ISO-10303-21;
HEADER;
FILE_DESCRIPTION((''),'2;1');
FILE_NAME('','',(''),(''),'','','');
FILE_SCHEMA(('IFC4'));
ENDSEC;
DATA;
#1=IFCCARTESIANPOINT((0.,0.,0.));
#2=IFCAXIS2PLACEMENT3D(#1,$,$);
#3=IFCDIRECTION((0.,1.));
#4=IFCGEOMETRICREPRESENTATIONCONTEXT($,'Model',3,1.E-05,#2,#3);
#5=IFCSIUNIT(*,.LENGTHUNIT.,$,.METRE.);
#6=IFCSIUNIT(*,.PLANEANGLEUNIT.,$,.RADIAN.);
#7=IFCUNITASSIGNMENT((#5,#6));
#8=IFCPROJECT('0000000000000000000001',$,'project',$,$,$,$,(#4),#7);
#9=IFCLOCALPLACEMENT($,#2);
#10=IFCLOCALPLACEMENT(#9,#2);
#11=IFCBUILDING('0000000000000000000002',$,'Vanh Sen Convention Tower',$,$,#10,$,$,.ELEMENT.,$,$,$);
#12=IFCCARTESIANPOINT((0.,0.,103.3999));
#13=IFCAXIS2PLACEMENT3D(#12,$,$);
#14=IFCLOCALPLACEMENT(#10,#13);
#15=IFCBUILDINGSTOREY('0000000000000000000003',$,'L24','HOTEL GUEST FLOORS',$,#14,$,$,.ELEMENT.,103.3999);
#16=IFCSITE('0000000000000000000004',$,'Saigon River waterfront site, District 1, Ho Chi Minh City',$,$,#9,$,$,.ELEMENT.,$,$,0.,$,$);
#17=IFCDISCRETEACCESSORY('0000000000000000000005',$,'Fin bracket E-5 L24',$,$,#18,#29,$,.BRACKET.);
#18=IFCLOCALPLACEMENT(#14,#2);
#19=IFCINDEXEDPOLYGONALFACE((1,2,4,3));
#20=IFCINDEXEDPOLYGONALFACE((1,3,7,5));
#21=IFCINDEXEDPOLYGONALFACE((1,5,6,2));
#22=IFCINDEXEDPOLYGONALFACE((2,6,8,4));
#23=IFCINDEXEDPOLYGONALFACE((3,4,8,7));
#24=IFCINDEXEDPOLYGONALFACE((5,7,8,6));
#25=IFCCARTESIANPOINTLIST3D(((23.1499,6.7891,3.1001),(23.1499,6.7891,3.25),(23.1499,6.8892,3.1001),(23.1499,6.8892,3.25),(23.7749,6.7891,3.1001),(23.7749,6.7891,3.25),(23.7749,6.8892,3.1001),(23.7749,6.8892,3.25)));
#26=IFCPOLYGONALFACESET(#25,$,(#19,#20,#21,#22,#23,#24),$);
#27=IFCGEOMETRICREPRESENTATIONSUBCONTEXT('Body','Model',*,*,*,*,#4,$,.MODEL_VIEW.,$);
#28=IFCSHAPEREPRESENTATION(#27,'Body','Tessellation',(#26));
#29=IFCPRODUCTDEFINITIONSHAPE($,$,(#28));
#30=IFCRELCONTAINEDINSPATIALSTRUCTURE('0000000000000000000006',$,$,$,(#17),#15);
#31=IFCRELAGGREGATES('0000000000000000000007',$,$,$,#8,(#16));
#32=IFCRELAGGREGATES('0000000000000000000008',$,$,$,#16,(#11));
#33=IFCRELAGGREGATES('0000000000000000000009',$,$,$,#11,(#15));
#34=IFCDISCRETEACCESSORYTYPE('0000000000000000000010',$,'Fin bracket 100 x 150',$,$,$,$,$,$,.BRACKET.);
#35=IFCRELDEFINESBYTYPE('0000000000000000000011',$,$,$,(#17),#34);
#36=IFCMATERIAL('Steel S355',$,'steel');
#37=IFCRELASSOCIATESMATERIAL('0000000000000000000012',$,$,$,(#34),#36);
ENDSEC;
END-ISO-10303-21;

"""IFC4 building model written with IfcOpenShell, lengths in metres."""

from ifc_helpers import new_model, si_unit, direction, frame, origin, origin_2d, place, context, subcontext, project, spatial, rectangle, extrude, material, type_object, element, save


model = new_model("IFC4")

# Units and contexts
model_context = context("Model", 3, precision=1e-05, world=origin(), true_north=direction((0.0, 1.0)))
body_context = subcontext(model_context, "Body", "Model", "MODEL_VIEW")
ifc_project = project(units=[si_unit("LENGTHUNIT", "METRE"), si_unit("PLANEANGLEUNIT", "RADIAN")], contexts=[model_context])

# Site, building, storey
site_placement = place(None, origin())
site = spatial("IfcSite", under=ifc_project, at=site_placement, Name="Saigon River waterfront site, District 1, Ho Chi Minh City", CompositionType="ELEMENT", RefElevation=0.0)
building_placement = place(site_placement, origin())
building = spatial("IfcBuilding", under=site, at=building_placement, Name="Vanh Sen Convention Tower", CompositionType="ELEMENT")
storey_placement = place(building_placement, frame((0.0, 0.0, 103.3999)))
storey = spatial("IfcBuildingStorey", under=building, at=storey_placement, Name="L24", Description="HOTEL GUEST FLOORS", CompositionType="ELEMENT", Elevation=103.3999)

# Discrete accessory
ifc_material_1 = material(Name="Steel S355", Category="steel")
discrete_accessory_type = type_object("IfcDiscreteAccessoryType", Name="Fin bracket 100 x 150", PredefinedType="BRACKET", material=ifc_material_1)
discrete_accessory_placement = place(storey_placement, frame((23.4624, 6.8391, 3.1001), z_axis=(0.0, 0.0, 1.0), x_axis=(1.0, 0.0, 0.0)))
element("IfcDiscreteAccessory", 1, at=discrete_accessory_placement, inside=storey, type_object=discrete_accessory_type, Name="Fin bracket E-5 L24", PredefinedType="BRACKET", context=body_context, shape_type="SweptSolid", body=[
    extrude(rectangle(XDim=0.625, YDim=0.1001, at=origin_2d()), origin(), (0.0, 0.0, 1.0), 0.1499),
])

save(model, "model.ifc")
